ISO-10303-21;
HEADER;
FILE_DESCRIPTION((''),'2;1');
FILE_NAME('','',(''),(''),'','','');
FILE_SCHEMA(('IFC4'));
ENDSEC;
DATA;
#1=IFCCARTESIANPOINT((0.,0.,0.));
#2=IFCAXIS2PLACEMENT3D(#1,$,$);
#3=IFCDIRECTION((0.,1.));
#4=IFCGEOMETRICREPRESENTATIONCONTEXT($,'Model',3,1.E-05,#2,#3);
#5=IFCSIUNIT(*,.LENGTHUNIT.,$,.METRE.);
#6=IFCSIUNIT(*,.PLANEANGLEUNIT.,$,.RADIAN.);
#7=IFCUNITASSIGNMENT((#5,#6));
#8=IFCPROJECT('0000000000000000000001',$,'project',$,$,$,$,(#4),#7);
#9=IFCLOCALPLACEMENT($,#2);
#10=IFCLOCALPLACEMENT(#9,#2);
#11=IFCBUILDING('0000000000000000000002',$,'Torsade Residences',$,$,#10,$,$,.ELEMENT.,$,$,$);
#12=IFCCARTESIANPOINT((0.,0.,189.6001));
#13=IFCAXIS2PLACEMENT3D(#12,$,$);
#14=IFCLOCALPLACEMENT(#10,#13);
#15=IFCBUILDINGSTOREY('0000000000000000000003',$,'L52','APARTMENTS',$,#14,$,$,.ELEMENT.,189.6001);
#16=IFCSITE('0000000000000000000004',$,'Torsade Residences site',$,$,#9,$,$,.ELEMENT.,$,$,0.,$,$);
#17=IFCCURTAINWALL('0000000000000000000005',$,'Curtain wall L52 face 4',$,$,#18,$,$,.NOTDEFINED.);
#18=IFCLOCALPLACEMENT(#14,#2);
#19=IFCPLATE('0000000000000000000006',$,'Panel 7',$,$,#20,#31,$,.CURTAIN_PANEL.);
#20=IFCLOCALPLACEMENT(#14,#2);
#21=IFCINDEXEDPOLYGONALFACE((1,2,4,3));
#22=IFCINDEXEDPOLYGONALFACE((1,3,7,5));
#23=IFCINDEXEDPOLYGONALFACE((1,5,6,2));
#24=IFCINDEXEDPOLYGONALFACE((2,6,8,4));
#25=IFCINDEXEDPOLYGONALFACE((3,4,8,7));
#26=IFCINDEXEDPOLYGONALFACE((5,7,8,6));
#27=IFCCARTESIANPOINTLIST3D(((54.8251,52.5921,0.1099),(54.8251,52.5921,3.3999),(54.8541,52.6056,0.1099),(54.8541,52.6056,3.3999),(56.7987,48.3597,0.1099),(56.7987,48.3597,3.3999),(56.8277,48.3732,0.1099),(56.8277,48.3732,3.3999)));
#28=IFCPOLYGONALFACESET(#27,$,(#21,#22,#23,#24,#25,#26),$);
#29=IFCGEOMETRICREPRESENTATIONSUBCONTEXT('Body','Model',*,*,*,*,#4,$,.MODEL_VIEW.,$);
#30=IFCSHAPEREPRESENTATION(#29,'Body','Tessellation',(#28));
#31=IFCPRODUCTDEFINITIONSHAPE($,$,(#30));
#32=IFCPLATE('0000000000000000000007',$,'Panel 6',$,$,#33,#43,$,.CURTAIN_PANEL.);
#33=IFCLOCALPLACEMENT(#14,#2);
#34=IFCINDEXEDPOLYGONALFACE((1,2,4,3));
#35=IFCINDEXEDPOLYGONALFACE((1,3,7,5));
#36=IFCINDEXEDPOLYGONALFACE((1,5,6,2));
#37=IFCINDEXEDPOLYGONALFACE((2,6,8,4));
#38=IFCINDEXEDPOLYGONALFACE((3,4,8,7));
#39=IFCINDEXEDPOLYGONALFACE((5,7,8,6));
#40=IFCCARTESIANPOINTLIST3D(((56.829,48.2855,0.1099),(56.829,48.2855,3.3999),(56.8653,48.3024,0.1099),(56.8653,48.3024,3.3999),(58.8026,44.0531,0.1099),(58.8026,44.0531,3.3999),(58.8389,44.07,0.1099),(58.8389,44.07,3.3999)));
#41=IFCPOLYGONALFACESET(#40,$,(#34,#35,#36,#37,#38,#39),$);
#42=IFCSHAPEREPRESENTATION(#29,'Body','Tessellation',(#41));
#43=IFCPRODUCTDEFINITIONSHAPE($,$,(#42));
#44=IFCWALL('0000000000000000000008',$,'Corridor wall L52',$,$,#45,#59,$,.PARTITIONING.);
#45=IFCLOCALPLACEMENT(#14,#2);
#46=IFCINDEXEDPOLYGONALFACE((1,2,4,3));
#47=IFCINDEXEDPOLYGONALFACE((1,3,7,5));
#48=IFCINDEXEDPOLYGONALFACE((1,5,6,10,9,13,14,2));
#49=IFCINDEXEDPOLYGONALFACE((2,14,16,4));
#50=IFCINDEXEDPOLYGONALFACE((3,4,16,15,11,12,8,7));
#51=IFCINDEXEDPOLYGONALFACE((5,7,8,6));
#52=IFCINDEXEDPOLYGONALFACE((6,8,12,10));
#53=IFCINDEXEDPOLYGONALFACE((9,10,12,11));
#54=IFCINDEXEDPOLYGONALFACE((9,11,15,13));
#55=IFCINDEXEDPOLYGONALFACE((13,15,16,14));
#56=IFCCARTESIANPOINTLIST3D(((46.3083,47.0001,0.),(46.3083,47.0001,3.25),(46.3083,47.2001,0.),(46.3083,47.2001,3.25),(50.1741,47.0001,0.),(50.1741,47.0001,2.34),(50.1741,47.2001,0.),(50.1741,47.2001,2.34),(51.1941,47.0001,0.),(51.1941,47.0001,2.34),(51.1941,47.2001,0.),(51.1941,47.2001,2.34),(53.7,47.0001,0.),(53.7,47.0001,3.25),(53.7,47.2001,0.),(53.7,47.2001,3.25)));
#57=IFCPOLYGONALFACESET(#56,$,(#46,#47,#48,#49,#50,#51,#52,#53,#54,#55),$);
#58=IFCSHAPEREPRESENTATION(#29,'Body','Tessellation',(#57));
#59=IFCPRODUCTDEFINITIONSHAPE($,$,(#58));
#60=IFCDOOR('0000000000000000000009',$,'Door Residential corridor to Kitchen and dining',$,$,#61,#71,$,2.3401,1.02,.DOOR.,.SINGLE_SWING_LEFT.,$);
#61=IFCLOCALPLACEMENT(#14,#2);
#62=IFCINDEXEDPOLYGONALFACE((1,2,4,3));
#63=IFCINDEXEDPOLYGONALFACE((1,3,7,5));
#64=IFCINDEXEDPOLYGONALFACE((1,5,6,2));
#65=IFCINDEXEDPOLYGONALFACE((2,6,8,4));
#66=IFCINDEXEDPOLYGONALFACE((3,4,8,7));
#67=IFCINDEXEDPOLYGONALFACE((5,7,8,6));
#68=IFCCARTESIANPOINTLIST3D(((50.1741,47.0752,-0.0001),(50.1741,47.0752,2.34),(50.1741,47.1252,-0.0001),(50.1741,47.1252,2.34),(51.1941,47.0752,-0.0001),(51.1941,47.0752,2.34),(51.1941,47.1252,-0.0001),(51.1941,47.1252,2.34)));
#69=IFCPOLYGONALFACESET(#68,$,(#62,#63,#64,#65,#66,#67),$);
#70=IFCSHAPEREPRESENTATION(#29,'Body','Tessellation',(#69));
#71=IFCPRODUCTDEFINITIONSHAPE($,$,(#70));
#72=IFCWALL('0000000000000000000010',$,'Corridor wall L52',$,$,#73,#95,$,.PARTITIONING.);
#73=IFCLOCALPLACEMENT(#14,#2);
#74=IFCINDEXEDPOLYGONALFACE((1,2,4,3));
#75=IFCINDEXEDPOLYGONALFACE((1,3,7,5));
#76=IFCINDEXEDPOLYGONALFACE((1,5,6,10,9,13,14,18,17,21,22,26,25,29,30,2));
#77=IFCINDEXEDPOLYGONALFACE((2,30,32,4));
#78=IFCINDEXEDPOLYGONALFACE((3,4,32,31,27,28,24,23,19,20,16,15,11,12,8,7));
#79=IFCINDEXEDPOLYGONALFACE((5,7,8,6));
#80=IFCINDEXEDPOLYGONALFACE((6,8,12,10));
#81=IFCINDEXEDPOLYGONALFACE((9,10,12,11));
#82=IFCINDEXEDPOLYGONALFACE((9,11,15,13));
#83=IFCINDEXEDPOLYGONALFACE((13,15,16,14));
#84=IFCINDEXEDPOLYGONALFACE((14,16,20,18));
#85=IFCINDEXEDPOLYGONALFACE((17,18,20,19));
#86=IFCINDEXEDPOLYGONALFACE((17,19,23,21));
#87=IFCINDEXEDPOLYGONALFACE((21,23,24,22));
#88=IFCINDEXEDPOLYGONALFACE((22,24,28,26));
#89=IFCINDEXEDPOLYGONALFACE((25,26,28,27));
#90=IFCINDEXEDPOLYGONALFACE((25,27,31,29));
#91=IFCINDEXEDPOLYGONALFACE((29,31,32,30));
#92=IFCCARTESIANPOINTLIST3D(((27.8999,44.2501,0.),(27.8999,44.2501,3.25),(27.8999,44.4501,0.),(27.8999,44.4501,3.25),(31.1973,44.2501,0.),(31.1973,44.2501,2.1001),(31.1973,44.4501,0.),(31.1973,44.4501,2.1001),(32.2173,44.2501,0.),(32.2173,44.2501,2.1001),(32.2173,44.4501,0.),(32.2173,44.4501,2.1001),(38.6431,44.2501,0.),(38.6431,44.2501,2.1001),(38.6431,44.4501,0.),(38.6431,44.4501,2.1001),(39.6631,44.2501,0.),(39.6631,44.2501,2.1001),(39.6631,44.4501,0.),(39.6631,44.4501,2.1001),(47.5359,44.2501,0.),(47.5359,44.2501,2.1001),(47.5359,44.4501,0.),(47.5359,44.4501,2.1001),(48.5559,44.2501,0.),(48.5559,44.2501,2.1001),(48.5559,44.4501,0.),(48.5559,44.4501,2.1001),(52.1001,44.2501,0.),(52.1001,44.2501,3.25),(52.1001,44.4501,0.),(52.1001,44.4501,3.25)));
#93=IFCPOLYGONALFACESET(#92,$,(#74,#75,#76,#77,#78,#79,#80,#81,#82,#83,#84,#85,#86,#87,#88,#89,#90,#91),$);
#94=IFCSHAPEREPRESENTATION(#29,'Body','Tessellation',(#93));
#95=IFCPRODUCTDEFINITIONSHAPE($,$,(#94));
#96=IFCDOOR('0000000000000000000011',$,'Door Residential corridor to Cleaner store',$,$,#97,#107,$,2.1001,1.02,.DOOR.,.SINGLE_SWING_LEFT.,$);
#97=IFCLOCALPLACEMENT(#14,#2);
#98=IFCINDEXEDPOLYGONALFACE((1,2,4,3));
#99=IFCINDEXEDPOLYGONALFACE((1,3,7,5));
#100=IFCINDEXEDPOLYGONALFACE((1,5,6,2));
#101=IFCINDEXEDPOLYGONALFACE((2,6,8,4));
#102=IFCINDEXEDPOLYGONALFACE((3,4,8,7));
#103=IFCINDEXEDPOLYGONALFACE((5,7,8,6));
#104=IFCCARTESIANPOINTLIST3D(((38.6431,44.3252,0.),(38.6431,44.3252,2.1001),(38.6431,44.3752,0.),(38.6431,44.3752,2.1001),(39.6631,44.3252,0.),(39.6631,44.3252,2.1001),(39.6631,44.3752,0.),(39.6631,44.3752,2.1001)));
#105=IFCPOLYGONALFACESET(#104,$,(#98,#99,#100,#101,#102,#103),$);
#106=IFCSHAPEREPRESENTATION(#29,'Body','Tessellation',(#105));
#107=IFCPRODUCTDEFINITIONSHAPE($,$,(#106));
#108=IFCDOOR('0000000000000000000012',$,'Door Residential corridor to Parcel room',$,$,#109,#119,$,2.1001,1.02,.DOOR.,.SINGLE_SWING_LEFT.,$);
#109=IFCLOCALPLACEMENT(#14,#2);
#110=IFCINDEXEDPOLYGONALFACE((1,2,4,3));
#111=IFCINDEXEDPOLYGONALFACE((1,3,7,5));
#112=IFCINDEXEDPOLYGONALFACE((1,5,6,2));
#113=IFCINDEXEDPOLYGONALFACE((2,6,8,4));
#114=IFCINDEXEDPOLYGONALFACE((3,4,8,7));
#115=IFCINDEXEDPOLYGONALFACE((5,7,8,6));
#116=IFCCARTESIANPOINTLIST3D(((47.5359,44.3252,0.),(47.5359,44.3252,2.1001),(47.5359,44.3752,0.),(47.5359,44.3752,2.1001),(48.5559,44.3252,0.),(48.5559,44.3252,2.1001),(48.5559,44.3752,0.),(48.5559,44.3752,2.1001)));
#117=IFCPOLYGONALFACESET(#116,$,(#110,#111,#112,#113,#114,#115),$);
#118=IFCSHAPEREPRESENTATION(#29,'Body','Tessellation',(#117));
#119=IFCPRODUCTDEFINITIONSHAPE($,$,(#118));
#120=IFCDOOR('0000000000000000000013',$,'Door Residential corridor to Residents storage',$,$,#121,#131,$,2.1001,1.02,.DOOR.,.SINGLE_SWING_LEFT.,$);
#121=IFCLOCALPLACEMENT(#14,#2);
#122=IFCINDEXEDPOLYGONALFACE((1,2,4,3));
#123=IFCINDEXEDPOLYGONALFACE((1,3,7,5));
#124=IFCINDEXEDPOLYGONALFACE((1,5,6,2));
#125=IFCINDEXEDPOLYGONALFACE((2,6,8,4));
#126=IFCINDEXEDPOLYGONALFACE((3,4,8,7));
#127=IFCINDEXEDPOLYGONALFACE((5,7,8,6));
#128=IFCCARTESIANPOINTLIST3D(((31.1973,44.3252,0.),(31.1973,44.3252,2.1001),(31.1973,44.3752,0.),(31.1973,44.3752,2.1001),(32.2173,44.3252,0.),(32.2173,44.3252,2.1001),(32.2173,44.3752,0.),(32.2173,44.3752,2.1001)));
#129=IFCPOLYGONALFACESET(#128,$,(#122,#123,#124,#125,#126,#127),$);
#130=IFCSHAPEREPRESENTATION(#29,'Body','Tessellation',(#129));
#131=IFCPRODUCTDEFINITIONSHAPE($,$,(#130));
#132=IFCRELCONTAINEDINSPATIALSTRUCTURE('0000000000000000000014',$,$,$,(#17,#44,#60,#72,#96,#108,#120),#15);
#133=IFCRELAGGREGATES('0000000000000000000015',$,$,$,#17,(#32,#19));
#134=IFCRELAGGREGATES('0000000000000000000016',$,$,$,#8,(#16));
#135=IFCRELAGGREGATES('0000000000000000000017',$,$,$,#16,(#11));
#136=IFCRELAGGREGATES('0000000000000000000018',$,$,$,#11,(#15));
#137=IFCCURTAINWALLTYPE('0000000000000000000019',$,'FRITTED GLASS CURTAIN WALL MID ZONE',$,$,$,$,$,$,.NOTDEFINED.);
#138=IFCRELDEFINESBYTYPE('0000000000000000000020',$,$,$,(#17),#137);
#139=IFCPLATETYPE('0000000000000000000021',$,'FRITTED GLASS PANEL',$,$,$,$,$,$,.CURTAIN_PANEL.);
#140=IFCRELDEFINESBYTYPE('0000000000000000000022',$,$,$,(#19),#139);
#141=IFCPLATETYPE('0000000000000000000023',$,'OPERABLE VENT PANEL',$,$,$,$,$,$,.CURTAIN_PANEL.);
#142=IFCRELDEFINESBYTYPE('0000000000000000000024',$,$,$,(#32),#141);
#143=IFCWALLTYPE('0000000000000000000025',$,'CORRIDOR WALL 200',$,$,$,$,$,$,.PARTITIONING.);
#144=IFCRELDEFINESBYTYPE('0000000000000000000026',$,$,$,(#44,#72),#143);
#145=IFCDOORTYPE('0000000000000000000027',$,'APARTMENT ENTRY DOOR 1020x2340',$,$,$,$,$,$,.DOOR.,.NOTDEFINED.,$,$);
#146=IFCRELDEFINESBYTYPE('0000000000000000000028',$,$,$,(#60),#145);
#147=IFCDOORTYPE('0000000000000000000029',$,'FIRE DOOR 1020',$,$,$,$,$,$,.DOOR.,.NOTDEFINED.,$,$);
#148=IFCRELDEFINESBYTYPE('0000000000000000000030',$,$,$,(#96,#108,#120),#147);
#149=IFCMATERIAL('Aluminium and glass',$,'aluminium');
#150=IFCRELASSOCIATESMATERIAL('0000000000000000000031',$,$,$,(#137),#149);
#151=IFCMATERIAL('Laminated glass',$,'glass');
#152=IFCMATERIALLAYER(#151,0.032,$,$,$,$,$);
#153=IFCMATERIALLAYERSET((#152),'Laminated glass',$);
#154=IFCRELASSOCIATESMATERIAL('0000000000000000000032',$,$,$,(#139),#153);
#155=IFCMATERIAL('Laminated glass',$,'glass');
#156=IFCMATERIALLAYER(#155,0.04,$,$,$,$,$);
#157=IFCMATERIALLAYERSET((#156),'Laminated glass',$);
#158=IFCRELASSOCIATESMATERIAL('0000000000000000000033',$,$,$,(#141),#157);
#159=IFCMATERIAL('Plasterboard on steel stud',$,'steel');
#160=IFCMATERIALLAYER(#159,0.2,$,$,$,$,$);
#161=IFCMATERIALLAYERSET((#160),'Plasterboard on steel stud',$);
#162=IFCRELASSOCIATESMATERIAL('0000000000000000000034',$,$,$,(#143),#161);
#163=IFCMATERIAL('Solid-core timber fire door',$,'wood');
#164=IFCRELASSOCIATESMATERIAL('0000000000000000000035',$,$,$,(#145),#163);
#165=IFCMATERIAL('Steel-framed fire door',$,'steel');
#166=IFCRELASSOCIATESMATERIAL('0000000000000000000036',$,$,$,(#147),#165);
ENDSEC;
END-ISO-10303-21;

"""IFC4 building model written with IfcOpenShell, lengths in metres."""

from ifc_helpers import new_model, si_unit, direction, frame, frame_2d, origin, origin_2d, place, context, subcontext, project, spatial, rectangle, extrude, material, layer, layer_set, type_object, element, fill, aggregate, save


model = new_model("IFC4")

# Units and contexts
model_context = context("Model", 3, precision=1e-05, world=origin(), true_north=direction((0.0, 1.0)))
body_context = subcontext(model_context, "Body", "Model", "MODEL_VIEW")
ifc_project = project(units=[si_unit("LENGTHUNIT", "METRE"), si_unit("PLANEANGLEUNIT", "RADIAN")], contexts=[model_context])

# Site, building, storey
site_placement = place(None, origin())
site = spatial("IfcSite", under=ifc_project, at=site_placement, Name="Torsade Residences site", CompositionType="ELEMENT", RefElevation=0.0)
building_placement = place(site_placement, origin())
building = spatial("IfcBuilding", under=site, at=building_placement, Name="Torsade Residences", CompositionType="ELEMENT")
storey_placement = place(building_placement, frame((0.0, 0.0, 189.6001)))
storey = spatial("IfcBuildingStorey", under=building, at=storey_placement, Name="L52", Description="APARTMENTS", CompositionType="ELEMENT", Elevation=189.6001)

# Curtain wall
ifc_material_1 = material(Name="Aluminium and glass", Category="aluminium")
curtain_wall_type = type_object("IfcCurtainWallType", Name="FRITTED GLASS CURTAIN WALL MID ZONE", PredefinedType="NOTDEFINED", material=ifc_material_1)
curtain_wall_placement = place(storey_placement, origin())
curtain_wall = element("IfcCurtainWall", 1, at=curtain_wall_placement, inside=storey, type_object=curtain_wall_type, Name="Curtain wall L52 face 4", PredefinedType="NOTDEFINED")

# Plates
ifc_material_2 = material(Name="Laminated glass", Category="glass")
ifc_layer_1 = layer(ifc_material_2, 0.032)
ifc_layer_set_1 = layer_set([ifc_layer_1], Name="Laminated glass")
plate_type_1 = type_object("IfcPlateType", Name="FRITTED GLASS PANEL", PredefinedType="CURTAIN_PANEL", material=ifc_layer_set_1)
plate_1_placement = place(storey_placement, frame((55.8264, 50.4827, 0.1099), z_axis=(0.0, 0.0, 1.0), x_axis=(-0.422618, 0.906308, 0.0)))
plate_1 = element("IfcPlate", 2, at=plate_1_placement, type_object=plate_type_1, Name="Panel 7", PredefinedType="CURTAIN_PANEL", context=body_context, shape_type="SweptSolid", body=[
    extrude(rectangle(XDim=4.6699, YDim=0.032, at=origin_2d()), origin(), (0.0, 0.0, 1.0), 3.29),
])
ifc_material_3 = material(Name="Laminated glass", Category="glass")
ifc_layer_2 = layer(ifc_material_3, 0.04)
ifc_layer_set_2 = layer_set([ifc_layer_2], Name="Laminated glass")
plate_type_2 = type_object("IfcPlateType", Name="OPERABLE VENT PANEL", PredefinedType="CURTAIN_PANEL", material=ifc_layer_set_2)
plate_2_placement = place(storey_placement, frame((57.834, 46.1777, 0.1099), z_axis=(0.0, 0.0, 1.0), x_axis=(-0.422618, 0.906308, 0.0)))
plate_2 = element("IfcPlate", 3, at=plate_2_placement, type_object=plate_type_2, Name="Panel 6", PredefinedType="CURTAIN_PANEL", context=body_context, shape_type="SweptSolid", body=[
    extrude(rectangle(XDim=4.6699, YDim=0.04, at=origin_2d()), origin(), (0.0, 0.0, 1.0), 3.29),
])
aggregate(curtain_wall, [plate_2, plate_1])

# Wall, opening, door
ifc_material_4 = material(Name="Plasterboard on steel stud", Category="steel")
ifc_layer_3 = layer(ifc_material_4, 0.2)
ifc_layer_set_3 = layer_set([ifc_layer_3], Name="Plasterboard on steel stud")
wall_type_1 = type_object("IfcWallType", Name="CORRIDOR WALL 200", PredefinedType="PARTITIONING", material=ifc_layer_set_3)
wall_1_placement = place(storey_placement, frame((53.7, 47.1001, 0.0), z_axis=(0.0, 0.0, 1.0), x_axis=(-1.0, 0.0, 0.0)))
wall_1 = element("IfcWall", 4, at=wall_1_placement, inside=storey, type_object=wall_type_1, Name="Corridor wall L52", PredefinedType="PARTITIONING", context=body_context, shape_type="SweptSolid", body=[
    extrude(rectangle(XDim=7.3916, YDim=0.2, at=frame_2d((3.6958, 0.0))), origin(), (0.0, 0.0, 1.0), 3.25),
])
opening_1_placement = place(wall_1_placement, frame((2.5059, 0.0, 0.0)))
opening_1 = element("IfcOpeningElement", 5, at=opening_1_placement, cuts=wall_1, PredefinedType="OPENING", context=body_context, shape_type="SweptSolid", body=[
    extrude(rectangle(XDim=1.02, YDim=2.3401, at=frame_2d((0.51, 1.1699))), frame((0.0, 0.1099, 0.0), z_axis=(0.0, -1.0, 0.0), x_axis=(1.0, 0.0, 0.0)), (0.0, 0.0, 1.0), 0.22),
])
ifc_material_5 = material(Name="Solid-core timber fire door", Category="wood")
door_type_1 = type_object("IfcDoorType", Name="APARTMENT ENTRY DOOR 1020x2340", OperationType="NOTDEFINED", PredefinedType="DOOR", material=ifc_material_5)
door_1_placement = place(opening_1_placement, origin())
door_1 = element("IfcDoor", 6, at=door_1_placement, inside=storey, type_object=door_type_1, Name="Door Residential corridor to Kitchen and dining", OperationType="SINGLE_SWING_LEFT", OverallHeight=2.3401, OverallWidth=1.02, PredefinedType="DOOR", context=body_context, shape_type="SweptSolid", body=[
    extrude(rectangle(XDim=1.02, YDim=2.3401, at=frame_2d((0.51, 1.1699))), frame((0.0, 0.0249, 0.0), z_axis=(0.0, -1.0, 0.0), x_axis=(1.0, 0.0, 0.0)), (0.0, 0.0, 1.0), 0.05),
])
fill(opening_1, door_1)

# Wall, openings, doors
wall_2_placement = place(storey_placement, frame((52.1001, 44.3501, 0.0), z_axis=(0.0, 0.0, 1.0), x_axis=(-1.0, 0.0, 0.0)))
wall_2 = element("IfcWall", 7, at=wall_2_placement, inside=storey, type_object=wall_type_1, Name="Corridor wall L52", PredefinedType="PARTITIONING", context=body_context, shape_type="SweptSolid", body=[
    extrude(rectangle(XDim=24.2002, YDim=0.2, at=frame_2d((12.1001, 0.0))), origin(), (0.0, 0.0, 1.0), 3.25),
])
opening_2_placement = place(wall_2_placement, frame((12.437, 0.0, 0.0)))
opening_2 = element("IfcOpeningElement", 8, at=opening_2_placement, cuts=wall_2, PredefinedType="OPENING", context=body_context, shape_type="SweptSolid", body=[
    extrude(rectangle(XDim=1.02, YDim=2.1001, at=frame_2d((0.51, 1.05))), frame((0.0, 0.1099, 0.0), z_axis=(0.0, -1.0, 0.0), x_axis=(1.0, 0.0, 0.0)), (0.0, 0.0, 1.0), 0.22),
])
opening_3_placement = place(wall_2_placement, frame((3.5442, 0.0, 0.0)))
opening_3 = element("IfcOpeningElement", 9, at=opening_3_placement, cuts=wall_2, PredefinedType="OPENING", context=body_context, shape_type="SweptSolid", body=[
    extrude(rectangle(XDim=1.02, YDim=2.1001, at=frame_2d((0.51, 1.05))), frame((0.0, 0.1099, 0.0), z_axis=(0.0, -1.0, 0.0), x_axis=(1.0, 0.0, 0.0)), (0.0, 0.0, 1.0), 0.22),
])
opening_4_placement = place(wall_2_placement, frame((19.8828, 0.0, 0.0)))
opening_4 = element("IfcOpeningElement", 10, at=opening_4_placement, cuts=wall_2, PredefinedType="OPENING", context=body_context, shape_type="SweptSolid", body=[
    extrude(rectangle(XDim=1.02, YDim=2.1001, at=frame_2d((0.51, 1.05))), frame((0.0, 0.1099, 0.0), z_axis=(0.0, -1.0, 0.0), x_axis=(1.0, 0.0, 0.0)), (0.0, 0.0, 1.0), 0.22),
])
ifc_material_6 = material(Name="Steel-framed fire door", Category="steel")
door_type_2 = type_object("IfcDoorType", Name="FIRE DOOR 1020", OperationType="NOTDEFINED", PredefinedType="DOOR", material=ifc_material_6)
door_2_placement = place(opening_2_placement, origin())
door_2 = element("IfcDoor", 11, at=door_2_placement, inside=storey, type_object=door_type_2, Name="Door Residential corridor to Cleaner store", OperationType="SINGLE_SWING_LEFT", OverallHeight=2.1001, OverallWidth=1.02, PredefinedType="DOOR", context=body_context, shape_type="SweptSolid", body=[
    extrude(rectangle(XDim=1.02, YDim=2.1001, at=frame_2d((0.51, 1.05))), frame((0.0, 0.0249, 0.0), z_axis=(0.0, -1.0, 0.0), x_axis=(1.0, 0.0, 0.0)), (0.0, 0.0, 1.0), 0.05),
])
fill(opening_2, door_2)
door_3_placement = place(opening_3_placement, origin())
door_3 = element("IfcDoor", 12, at=door_3_placement, inside=storey, type_object=door_type_2, Name="Door Residential corridor to Parcel room", OperationType="SINGLE_SWING_LEFT", OverallHeight=2.1001, OverallWidth=1.02, PredefinedType="DOOR", context=body_context, shape_type="SweptSolid", body=[
    extrude(rectangle(XDim=1.02, YDim=2.1001, at=frame_2d((0.51, 1.05))), frame((0.0, 0.0249, 0.0), z_axis=(0.0, -1.0, 0.0), x_axis=(1.0, 0.0, 0.0)), (0.0, 0.0, 1.0), 0.05),
])
fill(opening_3, door_3)
door_4_placement = place(opening_4_placement, origin())
door_4 = element("IfcDoor", 13, at=door_4_placement, inside=storey, type_object=door_type_2, Name="Door Residential corridor to Residents storage", OperationType="SINGLE_SWING_LEFT", OverallHeight=2.1001, OverallWidth=1.02, PredefinedType="DOOR", context=body_context, shape_type="SweptSolid", body=[
    extrude(rectangle(XDim=1.02, YDim=2.1001, at=frame_2d((0.51, 1.05))), frame((0.0, 0.0249, 0.0), z_axis=(0.0, -1.0, 0.0), x_axis=(1.0, 0.0, 0.0)), (0.0, 0.0, 1.0), 0.05),
])
fill(opening_4, door_4)

save(model, "model.ifc")
